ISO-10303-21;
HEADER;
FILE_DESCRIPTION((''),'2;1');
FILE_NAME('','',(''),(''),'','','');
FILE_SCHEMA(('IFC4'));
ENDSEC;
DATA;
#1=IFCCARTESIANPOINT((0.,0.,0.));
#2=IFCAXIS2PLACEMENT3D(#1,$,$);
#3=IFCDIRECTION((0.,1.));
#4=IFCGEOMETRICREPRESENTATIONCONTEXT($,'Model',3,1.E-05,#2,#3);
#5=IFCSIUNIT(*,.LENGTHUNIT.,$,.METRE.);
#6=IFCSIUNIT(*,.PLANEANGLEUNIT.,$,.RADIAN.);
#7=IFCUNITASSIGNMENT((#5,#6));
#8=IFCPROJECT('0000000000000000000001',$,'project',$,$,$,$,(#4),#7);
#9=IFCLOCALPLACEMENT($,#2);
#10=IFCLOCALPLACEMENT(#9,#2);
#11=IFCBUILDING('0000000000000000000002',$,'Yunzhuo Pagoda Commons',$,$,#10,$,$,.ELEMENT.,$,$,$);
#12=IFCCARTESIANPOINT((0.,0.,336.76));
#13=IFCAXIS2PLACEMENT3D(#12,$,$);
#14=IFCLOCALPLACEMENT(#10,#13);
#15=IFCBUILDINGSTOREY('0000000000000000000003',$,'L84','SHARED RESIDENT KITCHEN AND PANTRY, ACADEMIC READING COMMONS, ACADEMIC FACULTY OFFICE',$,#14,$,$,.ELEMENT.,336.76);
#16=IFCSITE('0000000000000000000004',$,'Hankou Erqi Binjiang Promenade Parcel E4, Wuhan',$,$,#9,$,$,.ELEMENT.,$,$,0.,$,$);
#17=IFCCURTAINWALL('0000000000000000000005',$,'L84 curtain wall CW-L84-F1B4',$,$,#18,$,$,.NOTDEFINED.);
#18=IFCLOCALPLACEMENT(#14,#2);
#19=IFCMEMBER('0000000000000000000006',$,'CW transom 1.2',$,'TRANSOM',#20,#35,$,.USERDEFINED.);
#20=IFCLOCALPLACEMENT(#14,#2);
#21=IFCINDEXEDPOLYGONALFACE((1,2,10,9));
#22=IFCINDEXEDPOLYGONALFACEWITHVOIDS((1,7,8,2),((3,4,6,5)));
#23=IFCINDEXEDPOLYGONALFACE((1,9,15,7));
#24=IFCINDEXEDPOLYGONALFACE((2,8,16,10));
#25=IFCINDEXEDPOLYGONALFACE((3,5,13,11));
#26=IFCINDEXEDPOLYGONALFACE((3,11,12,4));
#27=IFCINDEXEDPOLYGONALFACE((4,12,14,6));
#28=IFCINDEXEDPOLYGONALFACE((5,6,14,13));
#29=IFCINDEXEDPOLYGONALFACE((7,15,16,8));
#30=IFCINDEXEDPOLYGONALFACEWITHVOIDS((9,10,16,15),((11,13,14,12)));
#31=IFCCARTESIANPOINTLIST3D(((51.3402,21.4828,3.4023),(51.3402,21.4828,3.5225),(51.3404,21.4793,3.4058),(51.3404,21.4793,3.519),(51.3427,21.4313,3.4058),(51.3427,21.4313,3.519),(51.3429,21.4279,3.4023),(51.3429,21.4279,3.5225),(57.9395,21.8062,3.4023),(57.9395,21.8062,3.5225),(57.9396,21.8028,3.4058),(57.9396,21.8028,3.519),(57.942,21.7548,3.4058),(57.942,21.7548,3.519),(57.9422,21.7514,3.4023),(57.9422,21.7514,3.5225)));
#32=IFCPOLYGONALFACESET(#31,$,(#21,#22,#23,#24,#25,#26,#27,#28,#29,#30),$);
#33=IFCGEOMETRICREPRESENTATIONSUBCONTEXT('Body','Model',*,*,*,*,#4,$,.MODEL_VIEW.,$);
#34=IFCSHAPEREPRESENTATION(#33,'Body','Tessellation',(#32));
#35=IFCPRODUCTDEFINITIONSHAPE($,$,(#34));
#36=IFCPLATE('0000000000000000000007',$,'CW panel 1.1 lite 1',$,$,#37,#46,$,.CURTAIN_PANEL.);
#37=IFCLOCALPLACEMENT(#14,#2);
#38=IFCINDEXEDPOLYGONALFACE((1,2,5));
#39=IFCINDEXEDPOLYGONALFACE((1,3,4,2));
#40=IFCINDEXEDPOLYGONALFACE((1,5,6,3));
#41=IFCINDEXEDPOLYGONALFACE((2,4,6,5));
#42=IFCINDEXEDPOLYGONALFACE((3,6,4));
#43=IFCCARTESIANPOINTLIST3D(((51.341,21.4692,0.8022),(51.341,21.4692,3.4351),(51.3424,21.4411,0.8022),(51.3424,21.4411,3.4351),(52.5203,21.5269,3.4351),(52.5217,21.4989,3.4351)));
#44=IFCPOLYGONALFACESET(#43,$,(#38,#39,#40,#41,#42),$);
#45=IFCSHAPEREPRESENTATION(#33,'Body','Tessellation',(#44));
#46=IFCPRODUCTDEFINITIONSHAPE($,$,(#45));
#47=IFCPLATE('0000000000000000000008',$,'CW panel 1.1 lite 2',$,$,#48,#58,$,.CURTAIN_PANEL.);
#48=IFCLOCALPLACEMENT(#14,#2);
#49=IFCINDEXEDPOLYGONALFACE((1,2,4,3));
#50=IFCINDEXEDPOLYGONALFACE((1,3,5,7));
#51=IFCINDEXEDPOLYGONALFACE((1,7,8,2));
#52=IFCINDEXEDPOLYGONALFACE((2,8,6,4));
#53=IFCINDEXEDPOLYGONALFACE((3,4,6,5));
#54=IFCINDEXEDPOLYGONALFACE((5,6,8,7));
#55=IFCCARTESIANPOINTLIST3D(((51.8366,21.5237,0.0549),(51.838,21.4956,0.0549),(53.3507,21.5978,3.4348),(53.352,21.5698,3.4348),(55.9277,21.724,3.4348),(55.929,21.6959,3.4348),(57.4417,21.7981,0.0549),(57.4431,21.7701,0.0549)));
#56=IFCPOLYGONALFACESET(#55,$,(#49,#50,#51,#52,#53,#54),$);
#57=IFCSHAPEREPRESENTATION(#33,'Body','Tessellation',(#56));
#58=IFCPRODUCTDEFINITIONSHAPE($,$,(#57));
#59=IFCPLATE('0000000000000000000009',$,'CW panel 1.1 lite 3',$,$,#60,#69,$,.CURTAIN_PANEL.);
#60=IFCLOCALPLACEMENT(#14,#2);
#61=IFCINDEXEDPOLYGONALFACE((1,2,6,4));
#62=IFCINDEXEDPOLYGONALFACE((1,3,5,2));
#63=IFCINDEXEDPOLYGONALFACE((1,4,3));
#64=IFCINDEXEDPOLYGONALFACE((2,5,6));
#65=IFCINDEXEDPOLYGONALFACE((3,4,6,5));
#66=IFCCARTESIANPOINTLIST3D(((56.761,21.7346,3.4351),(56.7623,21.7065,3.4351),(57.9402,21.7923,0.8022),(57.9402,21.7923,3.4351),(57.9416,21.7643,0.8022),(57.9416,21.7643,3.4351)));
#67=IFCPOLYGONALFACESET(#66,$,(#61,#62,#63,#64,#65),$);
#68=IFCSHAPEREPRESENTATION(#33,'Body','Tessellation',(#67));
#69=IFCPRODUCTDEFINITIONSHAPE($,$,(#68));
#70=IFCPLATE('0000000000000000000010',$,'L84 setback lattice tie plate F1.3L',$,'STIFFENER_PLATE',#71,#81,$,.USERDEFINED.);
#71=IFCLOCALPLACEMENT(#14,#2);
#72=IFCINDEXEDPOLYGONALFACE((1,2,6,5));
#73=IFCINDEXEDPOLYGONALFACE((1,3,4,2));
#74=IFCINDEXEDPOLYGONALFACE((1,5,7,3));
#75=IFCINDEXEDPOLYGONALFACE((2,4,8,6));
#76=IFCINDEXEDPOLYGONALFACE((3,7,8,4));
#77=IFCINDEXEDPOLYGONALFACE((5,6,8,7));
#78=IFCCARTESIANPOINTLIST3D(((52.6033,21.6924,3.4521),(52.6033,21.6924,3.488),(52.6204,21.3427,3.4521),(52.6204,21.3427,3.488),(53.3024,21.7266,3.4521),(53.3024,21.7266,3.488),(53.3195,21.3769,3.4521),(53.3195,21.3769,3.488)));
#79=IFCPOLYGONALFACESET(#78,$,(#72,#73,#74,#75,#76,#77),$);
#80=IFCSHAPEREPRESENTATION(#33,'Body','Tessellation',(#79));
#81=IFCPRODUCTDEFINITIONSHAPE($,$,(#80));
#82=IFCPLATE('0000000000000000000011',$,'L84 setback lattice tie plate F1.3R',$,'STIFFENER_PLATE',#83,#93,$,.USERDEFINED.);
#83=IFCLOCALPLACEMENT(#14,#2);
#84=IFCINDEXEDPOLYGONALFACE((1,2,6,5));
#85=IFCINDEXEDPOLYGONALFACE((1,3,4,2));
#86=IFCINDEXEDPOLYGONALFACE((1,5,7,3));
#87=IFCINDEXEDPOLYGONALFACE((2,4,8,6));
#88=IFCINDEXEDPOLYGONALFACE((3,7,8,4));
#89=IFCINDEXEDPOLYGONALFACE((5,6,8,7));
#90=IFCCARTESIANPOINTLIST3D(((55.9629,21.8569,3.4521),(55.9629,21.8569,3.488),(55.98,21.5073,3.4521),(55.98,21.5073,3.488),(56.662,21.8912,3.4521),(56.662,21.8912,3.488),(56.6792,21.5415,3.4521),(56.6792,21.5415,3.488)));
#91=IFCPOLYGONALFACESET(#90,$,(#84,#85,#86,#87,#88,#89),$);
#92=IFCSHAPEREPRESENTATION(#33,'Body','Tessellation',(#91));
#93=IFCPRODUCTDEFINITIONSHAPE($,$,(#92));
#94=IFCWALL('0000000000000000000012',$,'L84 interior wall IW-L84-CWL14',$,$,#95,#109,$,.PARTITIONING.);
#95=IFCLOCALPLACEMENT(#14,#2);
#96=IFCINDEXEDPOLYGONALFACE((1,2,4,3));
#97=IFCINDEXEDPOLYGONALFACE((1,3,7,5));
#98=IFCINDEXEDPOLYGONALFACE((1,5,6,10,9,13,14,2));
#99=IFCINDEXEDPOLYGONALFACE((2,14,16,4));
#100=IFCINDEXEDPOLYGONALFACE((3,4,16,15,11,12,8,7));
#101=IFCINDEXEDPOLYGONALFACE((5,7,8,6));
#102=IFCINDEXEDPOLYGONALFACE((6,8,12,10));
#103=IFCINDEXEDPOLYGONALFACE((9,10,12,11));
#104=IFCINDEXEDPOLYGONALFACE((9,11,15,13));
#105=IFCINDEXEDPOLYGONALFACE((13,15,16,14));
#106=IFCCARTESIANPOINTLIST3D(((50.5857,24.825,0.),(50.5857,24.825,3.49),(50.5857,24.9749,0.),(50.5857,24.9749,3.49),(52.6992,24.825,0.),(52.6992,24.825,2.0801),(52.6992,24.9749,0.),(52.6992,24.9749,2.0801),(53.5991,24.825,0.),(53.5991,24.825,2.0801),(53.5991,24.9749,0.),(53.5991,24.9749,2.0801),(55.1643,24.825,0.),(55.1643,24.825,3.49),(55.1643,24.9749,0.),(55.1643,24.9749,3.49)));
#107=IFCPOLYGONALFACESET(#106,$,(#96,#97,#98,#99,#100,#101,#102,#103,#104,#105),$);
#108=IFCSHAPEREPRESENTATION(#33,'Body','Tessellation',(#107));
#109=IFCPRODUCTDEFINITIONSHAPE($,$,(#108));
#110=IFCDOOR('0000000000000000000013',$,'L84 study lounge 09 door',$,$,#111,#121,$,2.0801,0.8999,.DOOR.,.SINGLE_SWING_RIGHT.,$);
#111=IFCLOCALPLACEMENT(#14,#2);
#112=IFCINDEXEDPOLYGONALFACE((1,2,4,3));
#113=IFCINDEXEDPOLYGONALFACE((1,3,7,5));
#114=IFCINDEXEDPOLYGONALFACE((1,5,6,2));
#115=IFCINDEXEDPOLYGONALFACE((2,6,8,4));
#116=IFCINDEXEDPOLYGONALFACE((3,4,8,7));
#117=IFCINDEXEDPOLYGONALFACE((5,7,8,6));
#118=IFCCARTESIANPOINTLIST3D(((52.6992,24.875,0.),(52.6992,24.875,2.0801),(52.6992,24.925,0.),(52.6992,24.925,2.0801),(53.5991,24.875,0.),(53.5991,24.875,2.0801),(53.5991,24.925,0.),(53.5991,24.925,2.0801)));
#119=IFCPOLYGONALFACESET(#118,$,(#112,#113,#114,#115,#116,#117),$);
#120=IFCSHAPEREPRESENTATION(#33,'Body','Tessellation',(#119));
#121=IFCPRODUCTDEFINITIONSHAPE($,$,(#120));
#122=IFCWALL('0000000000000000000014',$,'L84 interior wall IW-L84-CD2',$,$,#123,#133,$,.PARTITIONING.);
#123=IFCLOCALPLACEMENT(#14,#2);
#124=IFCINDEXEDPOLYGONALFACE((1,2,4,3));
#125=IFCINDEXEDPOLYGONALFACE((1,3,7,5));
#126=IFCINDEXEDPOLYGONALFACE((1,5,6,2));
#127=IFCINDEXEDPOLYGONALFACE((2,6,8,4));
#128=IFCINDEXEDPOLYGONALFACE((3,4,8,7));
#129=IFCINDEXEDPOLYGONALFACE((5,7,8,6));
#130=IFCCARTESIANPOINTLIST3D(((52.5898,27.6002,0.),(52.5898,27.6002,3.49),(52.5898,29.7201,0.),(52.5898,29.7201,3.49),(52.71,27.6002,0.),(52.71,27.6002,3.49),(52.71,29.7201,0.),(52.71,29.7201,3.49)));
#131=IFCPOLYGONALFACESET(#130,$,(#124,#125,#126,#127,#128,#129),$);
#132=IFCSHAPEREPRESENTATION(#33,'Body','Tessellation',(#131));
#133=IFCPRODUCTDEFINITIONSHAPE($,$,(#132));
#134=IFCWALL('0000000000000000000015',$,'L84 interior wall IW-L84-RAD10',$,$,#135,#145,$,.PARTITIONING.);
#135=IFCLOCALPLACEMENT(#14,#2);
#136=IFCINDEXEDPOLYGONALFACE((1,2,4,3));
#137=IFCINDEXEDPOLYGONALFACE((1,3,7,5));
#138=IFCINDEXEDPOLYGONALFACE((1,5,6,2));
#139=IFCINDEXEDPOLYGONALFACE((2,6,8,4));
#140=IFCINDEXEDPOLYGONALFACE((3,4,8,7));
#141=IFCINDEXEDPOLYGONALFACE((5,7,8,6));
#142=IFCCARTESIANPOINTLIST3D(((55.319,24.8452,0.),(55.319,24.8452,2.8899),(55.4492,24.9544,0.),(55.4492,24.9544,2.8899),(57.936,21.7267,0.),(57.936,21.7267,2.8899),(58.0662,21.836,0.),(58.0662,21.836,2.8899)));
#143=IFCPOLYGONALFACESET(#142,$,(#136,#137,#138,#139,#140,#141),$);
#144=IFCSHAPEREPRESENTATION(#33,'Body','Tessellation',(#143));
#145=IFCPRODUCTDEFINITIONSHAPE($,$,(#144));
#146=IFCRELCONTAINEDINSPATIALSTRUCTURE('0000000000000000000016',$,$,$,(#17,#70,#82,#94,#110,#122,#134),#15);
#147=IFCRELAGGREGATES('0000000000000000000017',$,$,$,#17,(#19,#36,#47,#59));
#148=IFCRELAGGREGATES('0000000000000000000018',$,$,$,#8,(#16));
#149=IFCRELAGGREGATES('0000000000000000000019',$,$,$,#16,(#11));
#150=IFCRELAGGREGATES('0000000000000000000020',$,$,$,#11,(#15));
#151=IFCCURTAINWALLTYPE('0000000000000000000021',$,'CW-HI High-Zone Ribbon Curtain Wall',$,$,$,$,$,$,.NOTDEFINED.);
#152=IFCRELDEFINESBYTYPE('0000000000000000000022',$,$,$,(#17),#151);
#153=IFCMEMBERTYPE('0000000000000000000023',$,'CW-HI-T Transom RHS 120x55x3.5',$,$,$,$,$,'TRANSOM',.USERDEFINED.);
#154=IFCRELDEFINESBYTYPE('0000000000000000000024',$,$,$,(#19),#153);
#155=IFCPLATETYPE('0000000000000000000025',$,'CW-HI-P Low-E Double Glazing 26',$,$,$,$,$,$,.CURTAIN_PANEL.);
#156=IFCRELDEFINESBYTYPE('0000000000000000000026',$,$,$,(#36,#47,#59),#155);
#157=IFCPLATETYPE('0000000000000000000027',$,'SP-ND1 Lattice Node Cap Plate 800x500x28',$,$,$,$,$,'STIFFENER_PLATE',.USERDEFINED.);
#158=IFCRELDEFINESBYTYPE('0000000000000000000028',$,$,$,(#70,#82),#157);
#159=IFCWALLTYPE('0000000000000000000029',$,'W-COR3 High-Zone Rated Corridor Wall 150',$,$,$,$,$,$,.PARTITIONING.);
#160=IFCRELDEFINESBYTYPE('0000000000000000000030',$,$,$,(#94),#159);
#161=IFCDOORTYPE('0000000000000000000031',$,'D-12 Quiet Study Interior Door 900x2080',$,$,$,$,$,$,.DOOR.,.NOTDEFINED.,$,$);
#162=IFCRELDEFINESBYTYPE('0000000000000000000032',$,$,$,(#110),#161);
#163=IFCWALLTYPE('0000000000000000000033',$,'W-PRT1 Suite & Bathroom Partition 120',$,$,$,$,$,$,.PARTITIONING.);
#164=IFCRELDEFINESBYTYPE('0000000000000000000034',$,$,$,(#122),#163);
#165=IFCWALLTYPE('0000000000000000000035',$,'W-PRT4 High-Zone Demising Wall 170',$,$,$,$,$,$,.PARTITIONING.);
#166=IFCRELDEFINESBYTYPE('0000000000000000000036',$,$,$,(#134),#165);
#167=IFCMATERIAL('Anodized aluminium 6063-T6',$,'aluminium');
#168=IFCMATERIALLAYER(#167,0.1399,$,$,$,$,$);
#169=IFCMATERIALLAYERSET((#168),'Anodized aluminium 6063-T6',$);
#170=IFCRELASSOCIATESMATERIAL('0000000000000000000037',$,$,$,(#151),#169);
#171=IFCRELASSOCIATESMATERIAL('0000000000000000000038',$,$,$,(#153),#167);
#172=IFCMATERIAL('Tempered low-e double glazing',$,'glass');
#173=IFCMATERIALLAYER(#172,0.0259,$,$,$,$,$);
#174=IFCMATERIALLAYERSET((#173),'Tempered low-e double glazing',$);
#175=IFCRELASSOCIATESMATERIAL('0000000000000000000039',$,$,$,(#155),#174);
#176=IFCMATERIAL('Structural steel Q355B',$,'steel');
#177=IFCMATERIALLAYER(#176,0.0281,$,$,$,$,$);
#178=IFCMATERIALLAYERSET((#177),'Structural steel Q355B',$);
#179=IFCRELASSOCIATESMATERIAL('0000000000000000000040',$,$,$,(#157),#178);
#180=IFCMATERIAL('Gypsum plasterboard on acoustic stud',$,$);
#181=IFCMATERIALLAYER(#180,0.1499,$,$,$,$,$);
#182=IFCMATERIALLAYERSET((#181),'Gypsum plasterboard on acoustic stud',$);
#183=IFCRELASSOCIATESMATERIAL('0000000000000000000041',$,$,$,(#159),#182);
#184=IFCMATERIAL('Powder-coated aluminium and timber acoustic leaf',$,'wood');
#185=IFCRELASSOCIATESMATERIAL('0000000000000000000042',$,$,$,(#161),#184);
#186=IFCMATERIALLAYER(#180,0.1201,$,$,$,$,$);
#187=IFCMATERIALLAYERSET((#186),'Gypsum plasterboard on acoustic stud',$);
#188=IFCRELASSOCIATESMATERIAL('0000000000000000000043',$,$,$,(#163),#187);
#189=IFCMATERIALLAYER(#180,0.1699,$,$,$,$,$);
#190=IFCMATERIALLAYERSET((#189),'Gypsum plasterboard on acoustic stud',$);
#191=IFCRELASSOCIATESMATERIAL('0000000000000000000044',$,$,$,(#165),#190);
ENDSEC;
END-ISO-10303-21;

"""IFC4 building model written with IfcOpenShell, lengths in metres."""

from ifc_helpers import new_model, si_unit, direction, frame, frame_2d, origin, origin_with_axes, origin_2d, place, context, subcontext, project, spatial, polyline, rectangle, hollow_rectangle, outline, extrude, source, transform, mapped, material, layer, layer_set, material_profile, profile_set, type_object, element, fill, aggregate, save


model = new_model("IFC4")

# Units and contexts
model_context = context("Model", 3, precision=1e-05, world=origin(), true_north=direction((0.0, 1.0)))
body_context = subcontext(model_context, "Body", "Model", "MODEL_VIEW")
ifc_project = project(units=[si_unit("LENGTHUNIT", "METRE"), si_unit("PLANEANGLEUNIT", "RADIAN")], contexts=[model_context])

# Site, building, storey
site_placement = place(None, origin())
site = spatial("IfcSite", under=ifc_project, at=site_placement, Name="Hankou Erqi Binjiang Promenade Parcel E4, Wuhan", CompositionType="ELEMENT", RefElevation=0.0)
building_placement = place(site_placement, origin())
building = spatial("IfcBuilding", under=site, at=building_placement, Name="Yunzhuo Pagoda Commons", CompositionType="ELEMENT")
storey_placement = place(building_placement, frame((0.0, 0.0, 336.76)))
storey = spatial("IfcBuildingStorey", under=building, at=storey_placement, Name="L84", Description="SHARED RESIDENT KITCHEN AND PANTRY, ACADEMIC READING COMMONS, ACADEMIC FACULTY OFFICE", CompositionType="ELEMENT", Elevation=336.76)

# Shared definitions
ifc_material_1 = material(Name="Structural steel Q355B", Category="steel")

# Curtain wall, member, plates
ifc_material_2 = material(Name="Anodized aluminium 6063-T6", Category="aluminium")
ifc_layer_1 = layer(ifc_material_2, 0.1399)
ifc_layer_set_1 = layer_set([ifc_layer_1], Name="Anodized aluminium 6063-T6")
curtain_wall_type = type_object("IfcCurtainWallType", Name="CW-HI High-Zone Ribbon Curtain Wall", PredefinedType="NOTDEFINED", material=ifc_layer_set_1)
curtain_wall_placement = place(storey_placement, origin())
curtain_wall = element("IfcCurtainWall", 1, at=curtain_wall_placement, inside=storey, type_object=curtain_wall_type, Name="L84 curtain wall CW-L84-F1B4", PredefinedType="NOTDEFINED")
ifc_material_profile_1 = material_profile(ifc_material_2, hollow_rectangle(XDim=0.0549, YDim=0.1201, WallThickness=0.0034, at=origin_2d()), Name="Anodized aluminium 6063-T6")
ifc_profile_set_1 = profile_set([ifc_material_profile_1], Name="Anodized aluminium 6063-T6")
member_type_1 = type_object("IfcMemberType", Name="CW-HI-T Transom RHS 120x55x3.5", ElementType="TRANSOM", PredefinedType="USERDEFINED", material=ifc_profile_set_1)
shared_shape_1 = source(origin(), body_context, "Body", "SweptSolid", [
    extrude(hollow_rectangle(XDim=0.0549, YDim=0.1201, WallThickness=0.0034, at=origin_2d()), origin(), (0.0, 0.0, 1.0), 6.6072),
])
member_1_placement = place(storey_placement, frame((51.3416, 21.4553, 3.4624), z_axis=(0.998801, 0.048959, 0.0), x_axis=(-0.048959, 0.998801, 0.0)))
member_1 = element("IfcMember", 2, at=member_1_placement, type_object=member_type_1, Name="CW transom 1.2", ObjectType="TRANSOM", PredefinedType="USERDEFINED", context=body_context, shape_type="MappedRepresentation", body=[
    mapped(shared_shape_1, transform((0.0, 0.0, 0.0), scale=1.0)),
])
ifc_material_3 = material(Name="Tempered low-e double glazing", Category="glass")
ifc_layer_2 = layer(ifc_material_3, 0.0259)
ifc_layer_set_2 = layer_set([ifc_layer_2], Name="Tempered low-e double glazing")
plate_type_1 = type_object("IfcPlateType", Name="CW-HI-P Low-E Double Glazing 26", PredefinedType="CURTAIN_PANEL", material=ifc_layer_set_2)
plate_1_placement = place(storey_placement, frame((51.9307, 21.498, 2.1187), z_axis=(0.048906, -0.998803, 0.0), x_axis=(0.998803, 0.048906, 0.0)))
plate_1 = element("IfcPlate", 3, at=plate_1_placement, type_object=plate_type_1, Name="CW panel 1.1 lite 1", PredefinedType="CURTAIN_PANEL", context=body_context, shape_type="SweptSolid", body=[
    extrude(outline(polyline([(-0.5903, -1.3164), (0.5903, 1.3164), (-0.5903, 1.3164), (-0.5903, -1.3164)])), origin(), (0.0, 0.0, 1.0), 0.0281),
])
plate_2_placement = place(storey_placement, frame((54.6392, 21.6609, 1.7449), z_axis=(0.048906, -0.998803, 0.0), x_axis=(0.998803, 0.048906, 0.0)))
plate_2 = element("IfcPlate", 4, at=plate_2_placement, type_object=plate_type_1, Name="CW panel 1.1 lite 2", PredefinedType="CURTAIN_PANEL", context=body_context, shape_type="SweptSolid", body=[
    extrude(outline(polyline([(-2.8059, -1.6899), (2.8059, -1.6899), (1.29, 1.6899), (-1.29, 1.6899), (-2.8059, -1.6899)])), origin(), (0.0, 0.0, 1.0), 0.0281),
])
plate_3_placement = place(storey_placement, frame((57.3506, 21.7634, 2.1187), z_axis=(0.048906, -0.998803, 0.0), x_axis=(0.998803, 0.048906, 0.0)))
plate_3 = element("IfcPlate", 5, at=plate_3_placement, type_object=plate_type_1, Name="CW panel 1.1 lite 3", PredefinedType="CURTAIN_PANEL", context=body_context, shape_type="SweptSolid", body=[
    extrude(outline(polyline([(-0.5903, 1.3164), (0.5903, -1.3164), (0.5903, 1.3164), (-0.5903, 1.3164)])), origin(), (0.0, 0.0, 1.0), 0.0281),
])
aggregate(curtain_wall, [member_1, plate_1, plate_2, plate_3])

# Plates
ifc_layer_3 = layer(ifc_material_1, 0.0281)
ifc_layer_set_3 = layer_set([ifc_layer_3], Name="Structural steel Q355B")
plate_type_2 = type_object("IfcPlateType", Name="SP-ND1 Lattice Node Cap Plate 800x500x28", ElementType="STIFFENER_PLATE", PredefinedType="USERDEFINED", material=ifc_layer_set_3)
shared_shape_2 = source(origin(), body_context, "Body", "SweptSolid", [
    extrude(rectangle(XDim=0.7, YDim=0.3501, at=origin_2d()), origin(), (0.0, 0.0, 1.0), 0.0359),
])
for number, where, z_axis, x_axis, name in (
    (6, (52.9614, 21.5347, 3.4521), (0.0, 0.0, 1.0), (0.998804, 0.048902, 0.0), "L84 setback lattice tie plate F1.3L"),
    (7, (56.321, 21.6992, 3.4521), (0.0, 0.0, 1.0), (0.998804, 0.048902, 0.0), "L84 setback lattice tie plate F1.3R"),
):
    element("IfcPlate", number, at=place(storey_placement, frame(where, z_axis=z_axis, x_axis=x_axis)), inside=storey, type_object=plate_type_2, Name=name, ObjectType="STIFFENER_PLATE", PredefinedType="USERDEFINED", context=body_context, shape_type="MappedRepresentation", body=[
        mapped(shared_shape_2, transform((0.0, 0.0, 0.0), scale=1.0)),
    ])

# Wall, opening, door
ifc_material_4 = material(Name="Gypsum plasterboard on acoustic stud")
ifc_layer_4 = layer(ifc_material_4, 0.1499)
ifc_layer_set_4 = layer_set([ifc_layer_4], Name="Gypsum plasterboard on acoustic stud")
wall_type_1 = type_object("IfcWallType", Name="W-COR3 High-Zone Rated Corridor Wall 150", PredefinedType="PARTITIONING", material=ifc_layer_set_4)
wall_1_placement = place(storey_placement, frame((55.1643, 24.8999, 0.0), z_axis=(0.0, 0.0, 1.0), x_axis=(-1.0, 0.0, 0.0)))
wall_1 = element("IfcWall", 8, at=wall_1_placement, inside=storey, type_object=wall_type_1, Name="L84 interior wall IW-L84-CWL14", PredefinedType="PARTITIONING", context=body_context, shape_type="SweptSolid", body=[
    extrude(rectangle(XDim=4.5786, YDim=0.1499, at=frame_2d((2.2893, 0.0))), origin(), (0.0, 0.0, 1.0), 3.49),
])
opening_1_placement = place(wall_1_placement, frame((1.5652, 0.0, 0.0)))
opening_1 = element("IfcOpeningElement", 9, at=opening_1_placement, cuts=wall_1, PredefinedType="OPENING", context=body_context, shape_type="SweptSolid", body=[
    extrude(rectangle(XDim=0.8999, YDim=2.0801, at=frame_2d((0.45, 1.04))), frame((0.0, 0.085, 0.0), z_axis=(0.0, -1.0, 0.0), x_axis=(1.0, 0.0, 0.0)), (0.0, 0.0, 1.0), 0.1699),
])
ifc_material_5 = material(Name="Powder-coated aluminium and timber acoustic leaf", Category="wood")
door_type_1 = type_object("IfcDoorType", Name="D-12 Quiet Study Interior Door 900x2080", OperationType="NOTDEFINED", PredefinedType="DOOR", material=ifc_material_5)
shared_shape_3 = source(origin(), body_context, "Body", "SweptSolid", [
    extrude(rectangle(XDim=0.8999, YDim=2.0801, at=frame_2d((0.45, 1.04))), frame((0.0, 0.0249, 0.0), z_axis=(0.0, -1.0, 0.0), x_axis=(1.0, 0.0, 0.0)), (0.0, 0.0, 1.0), 0.05),
])
door_1_placement = place(opening_1_placement, origin_with_axes())
door_1 = element("IfcDoor", 10, at=door_1_placement, inside=storey, type_object=door_type_1, Name="L84 study lounge 09 door", OperationType="SINGLE_SWING_RIGHT", OverallHeight=2.0801, OverallWidth=0.8999, PredefinedType="DOOR", context=body_context, shape_type="MappedRepresentation", body=[
    mapped(shared_shape_3, transform((0.0, 0.0, 0.0), scale=1.0)),
])
fill(opening_1, door_1)

# Walls
ifc_layer_5 = layer(ifc_material_4, 0.1201)
ifc_layer_set_5 = layer_set([ifc_layer_5], Name="Gypsum plasterboard on acoustic stud")
wall_type_2 = type_object("IfcWallType", Name="W-PRT1 Suite & Bathroom Partition 120", PredefinedType="PARTITIONING", material=ifc_layer_set_5)
wall_2_placement = place(storey_placement, frame((52.6499, 27.6001, 0.0), z_axis=(0.0, 0.0, 1.0), x_axis=(0.0, 1.0, 0.0)))
element("IfcWall", 11, at=wall_2_placement, inside=storey, type_object=wall_type_2, Name="L84 interior wall IW-L84-CD2", PredefinedType="PARTITIONING", context=body_context, shape_type="SweptSolid", body=[
    extrude(rectangle(XDim=2.1199, YDim=0.1201, at=frame_2d((1.0601, 0.0))), origin(), (0.0, 0.0, 1.0), 3.49),
])
ifc_layer_6 = layer(ifc_material_4, 0.1699)
ifc_layer_set_6 = layer_set([ifc_layer_6], Name="Gypsum plasterboard on acoustic stud")
wall_type_3 = type_object("IfcWallType", Name="W-PRT4 High-Zone Demising Wall 170", PredefinedType="PARTITIONING", material=ifc_layer_set_6)
wall_3_placement = place(storey_placement, frame((55.384, 24.8999, 0.0), z_axis=(0.0, 0.0, 1.0), x_axis=(0.642829, -0.76601, 0.0)))
element("IfcWall", 12, at=wall_3_placement, inside=storey, type_object=wall_type_3, Name="L84 interior wall IW-L84-RAD10", PredefinedType="PARTITIONING", context=body_context, shape_type="SweptSolid", body=[
    extrude(rectangle(XDim=4.071, YDim=0.1699, at=frame_2d((2.0356, 0.0))), origin(), (0.0, 0.0, 1.0), 2.8899),
])

save(model, "model.ifc")
